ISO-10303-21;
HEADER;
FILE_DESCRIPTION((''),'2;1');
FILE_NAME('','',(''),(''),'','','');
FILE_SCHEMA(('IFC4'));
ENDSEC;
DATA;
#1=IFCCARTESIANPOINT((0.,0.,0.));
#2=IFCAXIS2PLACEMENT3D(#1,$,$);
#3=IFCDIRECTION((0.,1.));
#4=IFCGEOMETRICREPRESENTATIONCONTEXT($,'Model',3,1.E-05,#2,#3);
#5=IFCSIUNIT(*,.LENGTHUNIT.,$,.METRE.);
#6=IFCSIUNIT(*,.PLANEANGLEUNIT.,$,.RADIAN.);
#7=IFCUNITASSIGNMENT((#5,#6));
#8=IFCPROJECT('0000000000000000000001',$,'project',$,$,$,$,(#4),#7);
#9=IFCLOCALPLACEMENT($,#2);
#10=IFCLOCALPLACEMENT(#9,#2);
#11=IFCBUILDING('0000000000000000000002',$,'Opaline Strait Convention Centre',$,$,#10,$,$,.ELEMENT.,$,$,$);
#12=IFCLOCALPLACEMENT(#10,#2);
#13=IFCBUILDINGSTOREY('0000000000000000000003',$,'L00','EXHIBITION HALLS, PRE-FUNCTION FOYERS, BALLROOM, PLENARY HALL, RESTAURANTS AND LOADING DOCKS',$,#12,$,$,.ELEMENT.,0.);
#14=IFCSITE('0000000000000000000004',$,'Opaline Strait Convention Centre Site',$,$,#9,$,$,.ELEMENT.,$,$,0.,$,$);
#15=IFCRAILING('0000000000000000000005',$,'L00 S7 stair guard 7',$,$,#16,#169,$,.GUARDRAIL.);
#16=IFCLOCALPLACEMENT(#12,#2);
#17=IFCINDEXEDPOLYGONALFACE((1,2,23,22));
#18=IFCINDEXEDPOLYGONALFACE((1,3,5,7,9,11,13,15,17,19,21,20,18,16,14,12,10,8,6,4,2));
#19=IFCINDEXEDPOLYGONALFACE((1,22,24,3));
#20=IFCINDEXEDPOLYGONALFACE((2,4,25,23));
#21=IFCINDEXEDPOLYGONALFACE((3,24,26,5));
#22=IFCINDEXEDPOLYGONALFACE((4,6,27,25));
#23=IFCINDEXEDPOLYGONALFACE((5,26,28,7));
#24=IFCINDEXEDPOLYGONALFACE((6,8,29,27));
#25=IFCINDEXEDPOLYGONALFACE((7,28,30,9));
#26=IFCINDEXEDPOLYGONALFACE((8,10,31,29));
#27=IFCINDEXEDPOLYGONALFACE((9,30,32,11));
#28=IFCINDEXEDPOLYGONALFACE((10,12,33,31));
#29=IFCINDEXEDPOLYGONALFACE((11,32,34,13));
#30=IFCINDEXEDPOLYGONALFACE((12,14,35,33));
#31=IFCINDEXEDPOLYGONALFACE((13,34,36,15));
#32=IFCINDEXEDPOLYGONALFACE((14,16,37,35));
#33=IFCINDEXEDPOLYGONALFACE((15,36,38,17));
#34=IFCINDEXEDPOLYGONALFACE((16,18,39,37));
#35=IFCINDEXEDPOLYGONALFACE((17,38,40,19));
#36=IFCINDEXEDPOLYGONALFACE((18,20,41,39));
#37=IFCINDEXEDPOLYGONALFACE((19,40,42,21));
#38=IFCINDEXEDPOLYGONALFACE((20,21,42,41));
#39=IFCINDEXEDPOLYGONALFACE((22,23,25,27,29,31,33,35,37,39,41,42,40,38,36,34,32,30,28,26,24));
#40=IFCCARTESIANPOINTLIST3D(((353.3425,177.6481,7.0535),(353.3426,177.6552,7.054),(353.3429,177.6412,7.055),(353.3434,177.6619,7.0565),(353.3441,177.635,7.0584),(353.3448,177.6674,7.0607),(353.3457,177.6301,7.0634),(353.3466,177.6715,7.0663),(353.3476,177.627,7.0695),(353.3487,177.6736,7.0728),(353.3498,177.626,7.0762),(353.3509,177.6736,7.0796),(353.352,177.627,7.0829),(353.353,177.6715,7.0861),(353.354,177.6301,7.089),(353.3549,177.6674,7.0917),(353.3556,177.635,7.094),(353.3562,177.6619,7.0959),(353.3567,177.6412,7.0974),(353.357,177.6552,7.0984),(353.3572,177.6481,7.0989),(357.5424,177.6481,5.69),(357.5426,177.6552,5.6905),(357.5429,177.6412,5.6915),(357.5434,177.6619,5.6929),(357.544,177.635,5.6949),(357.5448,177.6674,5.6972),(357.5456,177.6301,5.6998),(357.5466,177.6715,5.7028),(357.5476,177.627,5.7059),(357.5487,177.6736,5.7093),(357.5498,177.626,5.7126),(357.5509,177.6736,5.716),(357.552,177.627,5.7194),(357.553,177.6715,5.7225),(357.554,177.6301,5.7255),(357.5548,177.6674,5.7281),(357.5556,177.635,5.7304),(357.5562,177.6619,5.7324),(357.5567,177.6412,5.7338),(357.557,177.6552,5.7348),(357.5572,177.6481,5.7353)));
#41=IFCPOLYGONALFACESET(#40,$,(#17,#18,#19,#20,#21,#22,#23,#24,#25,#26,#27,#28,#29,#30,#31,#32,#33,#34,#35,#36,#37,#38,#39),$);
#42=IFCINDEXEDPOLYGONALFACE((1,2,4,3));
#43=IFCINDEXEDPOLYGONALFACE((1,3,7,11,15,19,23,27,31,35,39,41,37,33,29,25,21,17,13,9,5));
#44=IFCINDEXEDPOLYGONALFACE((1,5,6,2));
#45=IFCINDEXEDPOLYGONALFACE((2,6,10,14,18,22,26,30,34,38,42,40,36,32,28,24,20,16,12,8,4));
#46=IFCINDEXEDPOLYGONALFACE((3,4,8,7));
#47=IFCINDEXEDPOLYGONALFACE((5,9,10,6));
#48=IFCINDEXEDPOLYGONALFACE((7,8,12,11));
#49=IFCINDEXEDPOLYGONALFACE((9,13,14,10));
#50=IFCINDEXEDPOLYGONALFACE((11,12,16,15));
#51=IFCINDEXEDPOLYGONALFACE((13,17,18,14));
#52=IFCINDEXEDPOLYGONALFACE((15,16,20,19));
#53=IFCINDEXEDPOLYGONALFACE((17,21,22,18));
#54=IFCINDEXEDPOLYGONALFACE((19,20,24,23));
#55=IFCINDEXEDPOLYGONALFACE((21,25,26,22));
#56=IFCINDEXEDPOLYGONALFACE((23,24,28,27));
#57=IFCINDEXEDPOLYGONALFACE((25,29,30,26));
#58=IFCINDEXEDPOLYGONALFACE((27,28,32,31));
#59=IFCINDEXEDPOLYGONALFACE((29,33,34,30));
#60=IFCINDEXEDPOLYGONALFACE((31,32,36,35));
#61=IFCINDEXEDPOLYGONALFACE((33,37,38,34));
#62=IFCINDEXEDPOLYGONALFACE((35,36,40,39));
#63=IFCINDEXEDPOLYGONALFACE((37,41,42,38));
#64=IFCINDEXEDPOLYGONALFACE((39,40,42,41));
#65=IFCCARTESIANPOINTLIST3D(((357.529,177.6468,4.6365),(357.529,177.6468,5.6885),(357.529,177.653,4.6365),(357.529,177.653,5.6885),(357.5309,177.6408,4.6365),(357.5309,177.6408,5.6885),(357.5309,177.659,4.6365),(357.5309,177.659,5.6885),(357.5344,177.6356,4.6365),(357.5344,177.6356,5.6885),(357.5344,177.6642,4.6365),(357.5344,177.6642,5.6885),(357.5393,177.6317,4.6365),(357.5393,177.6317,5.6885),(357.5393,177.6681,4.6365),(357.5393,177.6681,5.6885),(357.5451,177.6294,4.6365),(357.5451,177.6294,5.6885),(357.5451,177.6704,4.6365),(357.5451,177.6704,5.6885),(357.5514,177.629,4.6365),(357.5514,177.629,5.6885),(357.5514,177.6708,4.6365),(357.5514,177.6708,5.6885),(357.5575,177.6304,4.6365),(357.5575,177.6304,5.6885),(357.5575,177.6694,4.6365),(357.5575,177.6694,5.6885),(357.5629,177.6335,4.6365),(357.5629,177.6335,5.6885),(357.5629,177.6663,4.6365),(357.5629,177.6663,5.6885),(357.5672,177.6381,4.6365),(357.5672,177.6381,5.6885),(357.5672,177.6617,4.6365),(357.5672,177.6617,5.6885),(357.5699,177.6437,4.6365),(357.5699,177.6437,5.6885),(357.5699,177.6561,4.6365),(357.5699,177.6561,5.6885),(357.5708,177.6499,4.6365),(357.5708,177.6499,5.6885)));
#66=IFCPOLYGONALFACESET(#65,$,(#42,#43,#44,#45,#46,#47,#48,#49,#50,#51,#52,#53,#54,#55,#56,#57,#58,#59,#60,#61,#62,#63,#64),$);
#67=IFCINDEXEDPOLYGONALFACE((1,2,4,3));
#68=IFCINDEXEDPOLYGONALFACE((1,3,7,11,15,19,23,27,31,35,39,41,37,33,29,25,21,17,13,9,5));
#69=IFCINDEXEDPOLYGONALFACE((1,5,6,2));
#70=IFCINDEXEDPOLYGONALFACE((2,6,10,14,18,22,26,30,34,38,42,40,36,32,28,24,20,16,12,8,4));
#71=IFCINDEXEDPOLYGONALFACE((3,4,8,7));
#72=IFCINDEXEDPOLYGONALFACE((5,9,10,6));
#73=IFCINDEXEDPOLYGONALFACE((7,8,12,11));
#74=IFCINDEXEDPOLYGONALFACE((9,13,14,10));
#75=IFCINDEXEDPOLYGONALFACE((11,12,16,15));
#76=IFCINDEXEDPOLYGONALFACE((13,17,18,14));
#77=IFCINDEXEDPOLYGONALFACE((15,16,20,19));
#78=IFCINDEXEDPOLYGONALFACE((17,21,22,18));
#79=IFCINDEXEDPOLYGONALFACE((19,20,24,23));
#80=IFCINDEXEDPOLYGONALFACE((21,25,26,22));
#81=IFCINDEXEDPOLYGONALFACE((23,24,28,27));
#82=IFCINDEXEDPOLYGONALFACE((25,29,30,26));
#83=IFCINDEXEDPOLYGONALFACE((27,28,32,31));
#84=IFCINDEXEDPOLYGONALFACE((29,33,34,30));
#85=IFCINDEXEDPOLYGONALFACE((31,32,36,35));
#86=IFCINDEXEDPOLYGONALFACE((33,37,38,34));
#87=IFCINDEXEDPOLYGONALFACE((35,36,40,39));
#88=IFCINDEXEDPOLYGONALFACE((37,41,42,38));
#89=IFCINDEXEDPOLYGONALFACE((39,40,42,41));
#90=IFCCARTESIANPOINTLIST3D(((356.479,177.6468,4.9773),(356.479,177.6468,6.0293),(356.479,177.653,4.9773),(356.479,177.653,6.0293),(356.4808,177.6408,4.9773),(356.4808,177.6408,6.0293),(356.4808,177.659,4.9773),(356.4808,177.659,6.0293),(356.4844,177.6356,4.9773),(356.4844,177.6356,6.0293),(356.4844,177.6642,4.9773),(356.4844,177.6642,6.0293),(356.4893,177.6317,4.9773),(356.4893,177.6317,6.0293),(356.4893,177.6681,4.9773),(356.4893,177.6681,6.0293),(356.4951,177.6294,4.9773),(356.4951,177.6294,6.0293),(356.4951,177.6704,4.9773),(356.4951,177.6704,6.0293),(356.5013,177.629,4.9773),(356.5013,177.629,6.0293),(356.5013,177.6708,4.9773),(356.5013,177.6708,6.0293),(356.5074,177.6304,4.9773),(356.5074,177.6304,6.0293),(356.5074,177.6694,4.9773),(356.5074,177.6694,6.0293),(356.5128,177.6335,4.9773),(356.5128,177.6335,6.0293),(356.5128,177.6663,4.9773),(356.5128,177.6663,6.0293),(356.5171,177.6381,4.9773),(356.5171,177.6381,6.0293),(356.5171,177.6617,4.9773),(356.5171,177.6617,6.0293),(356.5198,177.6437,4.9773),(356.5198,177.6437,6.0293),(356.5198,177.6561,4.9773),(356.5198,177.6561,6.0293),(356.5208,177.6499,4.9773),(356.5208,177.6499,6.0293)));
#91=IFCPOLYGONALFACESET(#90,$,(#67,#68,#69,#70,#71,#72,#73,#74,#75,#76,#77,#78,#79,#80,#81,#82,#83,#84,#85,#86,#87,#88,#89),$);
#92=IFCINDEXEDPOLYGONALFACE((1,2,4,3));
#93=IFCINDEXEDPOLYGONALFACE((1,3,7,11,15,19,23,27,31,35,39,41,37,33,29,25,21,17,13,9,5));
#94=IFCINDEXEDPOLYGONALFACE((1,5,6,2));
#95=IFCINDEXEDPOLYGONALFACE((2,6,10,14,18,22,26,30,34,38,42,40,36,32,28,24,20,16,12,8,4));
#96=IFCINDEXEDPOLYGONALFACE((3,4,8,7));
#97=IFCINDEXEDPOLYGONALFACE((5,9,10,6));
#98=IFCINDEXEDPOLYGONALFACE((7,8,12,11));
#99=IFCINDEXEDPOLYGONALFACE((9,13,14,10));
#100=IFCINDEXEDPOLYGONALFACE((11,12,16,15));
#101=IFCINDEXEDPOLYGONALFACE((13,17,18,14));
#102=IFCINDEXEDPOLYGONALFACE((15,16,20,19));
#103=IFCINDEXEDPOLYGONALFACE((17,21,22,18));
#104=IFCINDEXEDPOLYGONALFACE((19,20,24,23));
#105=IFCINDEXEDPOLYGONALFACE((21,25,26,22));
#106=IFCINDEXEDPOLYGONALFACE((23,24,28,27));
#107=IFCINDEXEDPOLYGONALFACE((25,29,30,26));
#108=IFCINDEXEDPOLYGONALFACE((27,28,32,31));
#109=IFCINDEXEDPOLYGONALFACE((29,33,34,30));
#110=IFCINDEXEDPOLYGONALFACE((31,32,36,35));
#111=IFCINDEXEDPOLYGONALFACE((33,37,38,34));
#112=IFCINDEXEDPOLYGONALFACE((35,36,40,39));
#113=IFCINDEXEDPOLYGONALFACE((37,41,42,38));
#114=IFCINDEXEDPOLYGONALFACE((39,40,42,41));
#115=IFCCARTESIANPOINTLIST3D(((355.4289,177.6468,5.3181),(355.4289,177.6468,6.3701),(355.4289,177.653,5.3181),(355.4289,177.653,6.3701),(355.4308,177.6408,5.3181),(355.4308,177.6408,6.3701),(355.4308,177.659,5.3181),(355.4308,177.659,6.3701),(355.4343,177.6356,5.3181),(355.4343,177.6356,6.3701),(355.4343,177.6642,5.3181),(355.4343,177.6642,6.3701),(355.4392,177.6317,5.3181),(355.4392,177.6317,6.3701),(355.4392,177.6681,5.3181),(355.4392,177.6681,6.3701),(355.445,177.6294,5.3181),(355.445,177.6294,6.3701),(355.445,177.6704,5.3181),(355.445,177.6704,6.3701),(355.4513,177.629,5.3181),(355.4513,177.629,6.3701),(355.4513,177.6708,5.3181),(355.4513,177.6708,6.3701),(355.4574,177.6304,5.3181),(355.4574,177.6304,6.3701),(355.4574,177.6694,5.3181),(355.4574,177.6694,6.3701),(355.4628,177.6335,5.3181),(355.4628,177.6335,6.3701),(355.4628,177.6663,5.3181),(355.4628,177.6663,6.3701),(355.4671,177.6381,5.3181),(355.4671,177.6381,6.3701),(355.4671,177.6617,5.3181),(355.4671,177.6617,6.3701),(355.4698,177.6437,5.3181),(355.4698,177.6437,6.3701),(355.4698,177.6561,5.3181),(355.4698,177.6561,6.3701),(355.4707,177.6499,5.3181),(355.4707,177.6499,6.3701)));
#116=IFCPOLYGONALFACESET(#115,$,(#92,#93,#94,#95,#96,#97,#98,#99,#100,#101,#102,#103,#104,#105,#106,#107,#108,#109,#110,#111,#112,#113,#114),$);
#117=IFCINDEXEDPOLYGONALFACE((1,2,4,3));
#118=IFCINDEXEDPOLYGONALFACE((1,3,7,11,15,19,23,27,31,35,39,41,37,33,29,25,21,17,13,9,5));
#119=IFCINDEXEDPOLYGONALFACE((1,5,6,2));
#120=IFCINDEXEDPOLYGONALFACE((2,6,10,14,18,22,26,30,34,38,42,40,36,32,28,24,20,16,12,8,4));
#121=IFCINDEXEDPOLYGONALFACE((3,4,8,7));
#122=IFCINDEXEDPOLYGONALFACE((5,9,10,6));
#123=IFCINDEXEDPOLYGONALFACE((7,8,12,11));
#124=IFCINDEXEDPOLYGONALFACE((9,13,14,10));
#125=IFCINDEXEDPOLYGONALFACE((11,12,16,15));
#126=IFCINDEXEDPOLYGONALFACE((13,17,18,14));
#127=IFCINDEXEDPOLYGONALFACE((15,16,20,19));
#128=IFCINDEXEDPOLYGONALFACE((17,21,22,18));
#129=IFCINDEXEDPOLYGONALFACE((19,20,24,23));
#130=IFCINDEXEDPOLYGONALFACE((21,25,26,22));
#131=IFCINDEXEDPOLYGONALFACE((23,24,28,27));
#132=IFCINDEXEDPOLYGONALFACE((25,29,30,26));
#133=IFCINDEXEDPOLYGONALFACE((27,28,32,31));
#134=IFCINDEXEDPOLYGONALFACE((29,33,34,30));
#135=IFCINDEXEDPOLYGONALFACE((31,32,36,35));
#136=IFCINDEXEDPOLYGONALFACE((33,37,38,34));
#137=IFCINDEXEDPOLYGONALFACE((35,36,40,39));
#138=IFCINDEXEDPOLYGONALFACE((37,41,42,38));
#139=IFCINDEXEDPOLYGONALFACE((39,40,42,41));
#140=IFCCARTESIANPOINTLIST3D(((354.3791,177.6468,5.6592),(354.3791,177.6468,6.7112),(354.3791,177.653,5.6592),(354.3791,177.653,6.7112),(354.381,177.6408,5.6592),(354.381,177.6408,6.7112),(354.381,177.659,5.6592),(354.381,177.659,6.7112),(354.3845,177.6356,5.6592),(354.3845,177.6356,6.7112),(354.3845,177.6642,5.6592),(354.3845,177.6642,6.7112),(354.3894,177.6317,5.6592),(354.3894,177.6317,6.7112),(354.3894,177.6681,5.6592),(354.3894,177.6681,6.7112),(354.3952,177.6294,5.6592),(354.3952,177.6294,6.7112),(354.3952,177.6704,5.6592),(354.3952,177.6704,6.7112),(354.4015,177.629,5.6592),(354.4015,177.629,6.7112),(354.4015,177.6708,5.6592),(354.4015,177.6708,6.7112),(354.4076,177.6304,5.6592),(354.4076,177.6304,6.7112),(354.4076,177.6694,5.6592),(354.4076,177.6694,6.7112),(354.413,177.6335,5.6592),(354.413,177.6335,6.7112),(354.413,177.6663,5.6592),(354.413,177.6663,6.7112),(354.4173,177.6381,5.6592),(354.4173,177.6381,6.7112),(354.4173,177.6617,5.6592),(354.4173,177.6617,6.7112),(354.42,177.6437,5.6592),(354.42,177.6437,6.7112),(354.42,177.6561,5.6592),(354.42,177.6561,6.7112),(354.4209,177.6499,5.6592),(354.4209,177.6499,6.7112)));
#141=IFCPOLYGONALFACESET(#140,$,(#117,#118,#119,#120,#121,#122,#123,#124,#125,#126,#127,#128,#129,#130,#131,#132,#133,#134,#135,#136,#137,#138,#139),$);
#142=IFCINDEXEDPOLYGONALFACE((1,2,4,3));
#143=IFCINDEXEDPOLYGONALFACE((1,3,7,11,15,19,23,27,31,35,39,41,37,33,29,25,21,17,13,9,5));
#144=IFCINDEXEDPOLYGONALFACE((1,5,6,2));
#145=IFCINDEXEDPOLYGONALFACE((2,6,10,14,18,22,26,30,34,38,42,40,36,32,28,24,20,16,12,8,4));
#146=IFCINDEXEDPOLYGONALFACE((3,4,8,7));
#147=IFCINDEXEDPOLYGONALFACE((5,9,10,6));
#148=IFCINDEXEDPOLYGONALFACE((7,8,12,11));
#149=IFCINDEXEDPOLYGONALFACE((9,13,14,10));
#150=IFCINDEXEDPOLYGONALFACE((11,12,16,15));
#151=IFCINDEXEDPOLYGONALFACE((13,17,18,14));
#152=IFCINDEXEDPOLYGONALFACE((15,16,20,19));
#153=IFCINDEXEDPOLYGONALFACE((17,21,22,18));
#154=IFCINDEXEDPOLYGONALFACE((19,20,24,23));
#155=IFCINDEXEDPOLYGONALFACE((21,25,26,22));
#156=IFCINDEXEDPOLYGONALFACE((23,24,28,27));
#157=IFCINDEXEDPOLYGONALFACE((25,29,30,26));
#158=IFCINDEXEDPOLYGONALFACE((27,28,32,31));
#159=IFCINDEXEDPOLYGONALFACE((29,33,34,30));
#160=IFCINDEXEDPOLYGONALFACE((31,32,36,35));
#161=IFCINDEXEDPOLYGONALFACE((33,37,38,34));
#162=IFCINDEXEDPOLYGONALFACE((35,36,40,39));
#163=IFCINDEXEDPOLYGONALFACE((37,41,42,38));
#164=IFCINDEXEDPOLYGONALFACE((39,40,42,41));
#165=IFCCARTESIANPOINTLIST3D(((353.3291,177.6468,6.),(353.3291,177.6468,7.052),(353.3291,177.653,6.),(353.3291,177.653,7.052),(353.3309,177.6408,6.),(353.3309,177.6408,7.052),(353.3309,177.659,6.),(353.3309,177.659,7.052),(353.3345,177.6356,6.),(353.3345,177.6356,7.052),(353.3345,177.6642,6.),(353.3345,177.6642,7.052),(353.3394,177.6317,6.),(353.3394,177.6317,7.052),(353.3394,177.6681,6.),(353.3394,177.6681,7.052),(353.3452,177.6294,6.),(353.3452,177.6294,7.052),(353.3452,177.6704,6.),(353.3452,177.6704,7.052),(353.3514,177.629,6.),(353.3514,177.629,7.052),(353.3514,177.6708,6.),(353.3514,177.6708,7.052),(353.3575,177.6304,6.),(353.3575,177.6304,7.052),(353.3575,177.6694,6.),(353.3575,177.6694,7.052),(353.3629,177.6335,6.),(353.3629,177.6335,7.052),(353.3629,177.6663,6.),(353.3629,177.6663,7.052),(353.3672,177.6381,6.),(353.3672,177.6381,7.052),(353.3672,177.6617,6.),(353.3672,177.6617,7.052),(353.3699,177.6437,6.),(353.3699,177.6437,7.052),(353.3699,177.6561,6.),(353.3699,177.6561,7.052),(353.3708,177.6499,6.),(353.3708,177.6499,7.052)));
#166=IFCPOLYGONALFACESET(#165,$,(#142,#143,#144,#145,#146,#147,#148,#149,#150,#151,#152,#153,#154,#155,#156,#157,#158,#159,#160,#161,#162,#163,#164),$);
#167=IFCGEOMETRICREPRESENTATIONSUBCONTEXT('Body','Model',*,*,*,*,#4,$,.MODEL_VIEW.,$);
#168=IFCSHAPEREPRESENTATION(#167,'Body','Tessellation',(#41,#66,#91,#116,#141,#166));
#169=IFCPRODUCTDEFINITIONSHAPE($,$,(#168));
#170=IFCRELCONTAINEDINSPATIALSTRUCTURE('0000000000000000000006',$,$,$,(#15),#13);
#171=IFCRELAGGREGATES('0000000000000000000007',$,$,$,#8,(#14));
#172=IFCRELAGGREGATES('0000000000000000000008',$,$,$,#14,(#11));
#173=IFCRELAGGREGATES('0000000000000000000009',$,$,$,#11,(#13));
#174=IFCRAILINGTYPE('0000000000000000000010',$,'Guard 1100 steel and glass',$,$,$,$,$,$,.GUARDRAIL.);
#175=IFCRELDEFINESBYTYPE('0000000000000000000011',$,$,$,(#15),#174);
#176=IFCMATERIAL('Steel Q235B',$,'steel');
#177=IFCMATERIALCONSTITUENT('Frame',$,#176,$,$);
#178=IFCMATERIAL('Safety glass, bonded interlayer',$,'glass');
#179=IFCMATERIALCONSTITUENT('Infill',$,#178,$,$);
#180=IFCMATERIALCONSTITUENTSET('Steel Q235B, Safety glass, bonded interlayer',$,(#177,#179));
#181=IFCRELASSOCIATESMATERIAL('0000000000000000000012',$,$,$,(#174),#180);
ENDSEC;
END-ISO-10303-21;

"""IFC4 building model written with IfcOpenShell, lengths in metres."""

from ifc_helpers import new_model, si_unit, direction, frame, origin, origin_2d, place, context, subcontext, project, spatial, circle, extrude, material, constituent, constituent_set, type_object, element, save


model = new_model("IFC4")

# Units and contexts
model_context = context("Model", 3, precision=1e-05, world=origin(), true_north=direction((0.0, 1.0)))
body_context = subcontext(model_context, "Body", "Model", "MODEL_VIEW")
ifc_project = project(units=[si_unit("LENGTHUNIT", "METRE"), si_unit("PLANEANGLEUNIT", "RADIAN")], contexts=[model_context])

# Site, building, storey
site_placement = place(None, origin())
site = spatial("IfcSite", under=ifc_project, at=site_placement, Name="Opaline Strait Convention Centre Site", CompositionType="ELEMENT", RefElevation=0.0)
building_placement = place(site_placement, origin())
building = spatial("IfcBuilding", under=site, at=building_placement, Name="Opaline Strait Convention Centre", CompositionType="ELEMENT")
storey_placement = place(building_placement, origin())
storey = spatial("IfcBuildingStorey", under=building, at=storey_placement, Name="L00", Description="EXHIBITION HALLS, PRE-FUNCTION FOYERS, BALLROOM, PLENARY HALL, RESTAURANTS AND LOADING DOCKS", CompositionType="ELEMENT", Elevation=0.0)

# Shared definitions
ifc_material_1 = material(Name="Steel Q235B", Category="steel")

# Railing
ifc_constituent_1 = constituent(ifc_material_1, Name="Frame")
ifc_material_2 = material(Name="Safety glass, bonded interlayer", Category="glass")
ifc_constituent_2 = constituent(ifc_material_2, Name="Infill")
ifc_constituent_set = constituent_set(constituents=[ifc_constituent_1, ifc_constituent_2], Name="Steel Q235B, Safety glass, bonded interlayer")
railing_type_1 = type_object("IfcRailingType", Name="Guard 1100 steel and glass", PredefinedType="GUARDRAIL", material=ifc_constituent_set)
railing_1_placement = place(storey_placement, frame((357.5498, 177.6499, 4.6365)))
element("IfcRailing", 1, at=railing_1_placement, inside=storey, type_object=railing_type_1, Name="L00 S7 stair guard 7", PredefinedType="GUARDRAIL", context=body_context, shape_type="SweptSolid", body=[
    extrude(circle(Radius=0.0239, at=origin_2d()), frame((0.0, 0.0, 1.0762), z_axis=(-0.951131, 0.0, 0.308787), x_axis=(0.0, -1.0, 0.0)), (0.0, 0.0, 1.0), 4.4158),
    extrude(circle(Radius=0.021, at=origin_2d()), origin(), (0.0, 0.0, 1.0), 1.052),
    extrude(circle(Radius=0.021, at=origin_2d()), frame((-1.05, 0.0, 0.3408)), (0.0, 0.0, 1.0), 1.052),
    extrude(circle(Radius=0.021, at=origin_2d()), frame((-2.1001, 0.0, 0.6816)), (0.0, 0.0, 1.0), 1.052),
    extrude(circle(Radius=0.021, at=origin_2d()), frame((-3.1499, 0.0, 1.0227)), (0.0, 0.0, 1.0), 1.052),
    extrude(circle(Radius=0.021, at=origin_2d()), frame((-4.2, 0.0, 1.3635)), (0.0, 0.0, 1.0), 1.052),
])

save(model, "model.ifc")
